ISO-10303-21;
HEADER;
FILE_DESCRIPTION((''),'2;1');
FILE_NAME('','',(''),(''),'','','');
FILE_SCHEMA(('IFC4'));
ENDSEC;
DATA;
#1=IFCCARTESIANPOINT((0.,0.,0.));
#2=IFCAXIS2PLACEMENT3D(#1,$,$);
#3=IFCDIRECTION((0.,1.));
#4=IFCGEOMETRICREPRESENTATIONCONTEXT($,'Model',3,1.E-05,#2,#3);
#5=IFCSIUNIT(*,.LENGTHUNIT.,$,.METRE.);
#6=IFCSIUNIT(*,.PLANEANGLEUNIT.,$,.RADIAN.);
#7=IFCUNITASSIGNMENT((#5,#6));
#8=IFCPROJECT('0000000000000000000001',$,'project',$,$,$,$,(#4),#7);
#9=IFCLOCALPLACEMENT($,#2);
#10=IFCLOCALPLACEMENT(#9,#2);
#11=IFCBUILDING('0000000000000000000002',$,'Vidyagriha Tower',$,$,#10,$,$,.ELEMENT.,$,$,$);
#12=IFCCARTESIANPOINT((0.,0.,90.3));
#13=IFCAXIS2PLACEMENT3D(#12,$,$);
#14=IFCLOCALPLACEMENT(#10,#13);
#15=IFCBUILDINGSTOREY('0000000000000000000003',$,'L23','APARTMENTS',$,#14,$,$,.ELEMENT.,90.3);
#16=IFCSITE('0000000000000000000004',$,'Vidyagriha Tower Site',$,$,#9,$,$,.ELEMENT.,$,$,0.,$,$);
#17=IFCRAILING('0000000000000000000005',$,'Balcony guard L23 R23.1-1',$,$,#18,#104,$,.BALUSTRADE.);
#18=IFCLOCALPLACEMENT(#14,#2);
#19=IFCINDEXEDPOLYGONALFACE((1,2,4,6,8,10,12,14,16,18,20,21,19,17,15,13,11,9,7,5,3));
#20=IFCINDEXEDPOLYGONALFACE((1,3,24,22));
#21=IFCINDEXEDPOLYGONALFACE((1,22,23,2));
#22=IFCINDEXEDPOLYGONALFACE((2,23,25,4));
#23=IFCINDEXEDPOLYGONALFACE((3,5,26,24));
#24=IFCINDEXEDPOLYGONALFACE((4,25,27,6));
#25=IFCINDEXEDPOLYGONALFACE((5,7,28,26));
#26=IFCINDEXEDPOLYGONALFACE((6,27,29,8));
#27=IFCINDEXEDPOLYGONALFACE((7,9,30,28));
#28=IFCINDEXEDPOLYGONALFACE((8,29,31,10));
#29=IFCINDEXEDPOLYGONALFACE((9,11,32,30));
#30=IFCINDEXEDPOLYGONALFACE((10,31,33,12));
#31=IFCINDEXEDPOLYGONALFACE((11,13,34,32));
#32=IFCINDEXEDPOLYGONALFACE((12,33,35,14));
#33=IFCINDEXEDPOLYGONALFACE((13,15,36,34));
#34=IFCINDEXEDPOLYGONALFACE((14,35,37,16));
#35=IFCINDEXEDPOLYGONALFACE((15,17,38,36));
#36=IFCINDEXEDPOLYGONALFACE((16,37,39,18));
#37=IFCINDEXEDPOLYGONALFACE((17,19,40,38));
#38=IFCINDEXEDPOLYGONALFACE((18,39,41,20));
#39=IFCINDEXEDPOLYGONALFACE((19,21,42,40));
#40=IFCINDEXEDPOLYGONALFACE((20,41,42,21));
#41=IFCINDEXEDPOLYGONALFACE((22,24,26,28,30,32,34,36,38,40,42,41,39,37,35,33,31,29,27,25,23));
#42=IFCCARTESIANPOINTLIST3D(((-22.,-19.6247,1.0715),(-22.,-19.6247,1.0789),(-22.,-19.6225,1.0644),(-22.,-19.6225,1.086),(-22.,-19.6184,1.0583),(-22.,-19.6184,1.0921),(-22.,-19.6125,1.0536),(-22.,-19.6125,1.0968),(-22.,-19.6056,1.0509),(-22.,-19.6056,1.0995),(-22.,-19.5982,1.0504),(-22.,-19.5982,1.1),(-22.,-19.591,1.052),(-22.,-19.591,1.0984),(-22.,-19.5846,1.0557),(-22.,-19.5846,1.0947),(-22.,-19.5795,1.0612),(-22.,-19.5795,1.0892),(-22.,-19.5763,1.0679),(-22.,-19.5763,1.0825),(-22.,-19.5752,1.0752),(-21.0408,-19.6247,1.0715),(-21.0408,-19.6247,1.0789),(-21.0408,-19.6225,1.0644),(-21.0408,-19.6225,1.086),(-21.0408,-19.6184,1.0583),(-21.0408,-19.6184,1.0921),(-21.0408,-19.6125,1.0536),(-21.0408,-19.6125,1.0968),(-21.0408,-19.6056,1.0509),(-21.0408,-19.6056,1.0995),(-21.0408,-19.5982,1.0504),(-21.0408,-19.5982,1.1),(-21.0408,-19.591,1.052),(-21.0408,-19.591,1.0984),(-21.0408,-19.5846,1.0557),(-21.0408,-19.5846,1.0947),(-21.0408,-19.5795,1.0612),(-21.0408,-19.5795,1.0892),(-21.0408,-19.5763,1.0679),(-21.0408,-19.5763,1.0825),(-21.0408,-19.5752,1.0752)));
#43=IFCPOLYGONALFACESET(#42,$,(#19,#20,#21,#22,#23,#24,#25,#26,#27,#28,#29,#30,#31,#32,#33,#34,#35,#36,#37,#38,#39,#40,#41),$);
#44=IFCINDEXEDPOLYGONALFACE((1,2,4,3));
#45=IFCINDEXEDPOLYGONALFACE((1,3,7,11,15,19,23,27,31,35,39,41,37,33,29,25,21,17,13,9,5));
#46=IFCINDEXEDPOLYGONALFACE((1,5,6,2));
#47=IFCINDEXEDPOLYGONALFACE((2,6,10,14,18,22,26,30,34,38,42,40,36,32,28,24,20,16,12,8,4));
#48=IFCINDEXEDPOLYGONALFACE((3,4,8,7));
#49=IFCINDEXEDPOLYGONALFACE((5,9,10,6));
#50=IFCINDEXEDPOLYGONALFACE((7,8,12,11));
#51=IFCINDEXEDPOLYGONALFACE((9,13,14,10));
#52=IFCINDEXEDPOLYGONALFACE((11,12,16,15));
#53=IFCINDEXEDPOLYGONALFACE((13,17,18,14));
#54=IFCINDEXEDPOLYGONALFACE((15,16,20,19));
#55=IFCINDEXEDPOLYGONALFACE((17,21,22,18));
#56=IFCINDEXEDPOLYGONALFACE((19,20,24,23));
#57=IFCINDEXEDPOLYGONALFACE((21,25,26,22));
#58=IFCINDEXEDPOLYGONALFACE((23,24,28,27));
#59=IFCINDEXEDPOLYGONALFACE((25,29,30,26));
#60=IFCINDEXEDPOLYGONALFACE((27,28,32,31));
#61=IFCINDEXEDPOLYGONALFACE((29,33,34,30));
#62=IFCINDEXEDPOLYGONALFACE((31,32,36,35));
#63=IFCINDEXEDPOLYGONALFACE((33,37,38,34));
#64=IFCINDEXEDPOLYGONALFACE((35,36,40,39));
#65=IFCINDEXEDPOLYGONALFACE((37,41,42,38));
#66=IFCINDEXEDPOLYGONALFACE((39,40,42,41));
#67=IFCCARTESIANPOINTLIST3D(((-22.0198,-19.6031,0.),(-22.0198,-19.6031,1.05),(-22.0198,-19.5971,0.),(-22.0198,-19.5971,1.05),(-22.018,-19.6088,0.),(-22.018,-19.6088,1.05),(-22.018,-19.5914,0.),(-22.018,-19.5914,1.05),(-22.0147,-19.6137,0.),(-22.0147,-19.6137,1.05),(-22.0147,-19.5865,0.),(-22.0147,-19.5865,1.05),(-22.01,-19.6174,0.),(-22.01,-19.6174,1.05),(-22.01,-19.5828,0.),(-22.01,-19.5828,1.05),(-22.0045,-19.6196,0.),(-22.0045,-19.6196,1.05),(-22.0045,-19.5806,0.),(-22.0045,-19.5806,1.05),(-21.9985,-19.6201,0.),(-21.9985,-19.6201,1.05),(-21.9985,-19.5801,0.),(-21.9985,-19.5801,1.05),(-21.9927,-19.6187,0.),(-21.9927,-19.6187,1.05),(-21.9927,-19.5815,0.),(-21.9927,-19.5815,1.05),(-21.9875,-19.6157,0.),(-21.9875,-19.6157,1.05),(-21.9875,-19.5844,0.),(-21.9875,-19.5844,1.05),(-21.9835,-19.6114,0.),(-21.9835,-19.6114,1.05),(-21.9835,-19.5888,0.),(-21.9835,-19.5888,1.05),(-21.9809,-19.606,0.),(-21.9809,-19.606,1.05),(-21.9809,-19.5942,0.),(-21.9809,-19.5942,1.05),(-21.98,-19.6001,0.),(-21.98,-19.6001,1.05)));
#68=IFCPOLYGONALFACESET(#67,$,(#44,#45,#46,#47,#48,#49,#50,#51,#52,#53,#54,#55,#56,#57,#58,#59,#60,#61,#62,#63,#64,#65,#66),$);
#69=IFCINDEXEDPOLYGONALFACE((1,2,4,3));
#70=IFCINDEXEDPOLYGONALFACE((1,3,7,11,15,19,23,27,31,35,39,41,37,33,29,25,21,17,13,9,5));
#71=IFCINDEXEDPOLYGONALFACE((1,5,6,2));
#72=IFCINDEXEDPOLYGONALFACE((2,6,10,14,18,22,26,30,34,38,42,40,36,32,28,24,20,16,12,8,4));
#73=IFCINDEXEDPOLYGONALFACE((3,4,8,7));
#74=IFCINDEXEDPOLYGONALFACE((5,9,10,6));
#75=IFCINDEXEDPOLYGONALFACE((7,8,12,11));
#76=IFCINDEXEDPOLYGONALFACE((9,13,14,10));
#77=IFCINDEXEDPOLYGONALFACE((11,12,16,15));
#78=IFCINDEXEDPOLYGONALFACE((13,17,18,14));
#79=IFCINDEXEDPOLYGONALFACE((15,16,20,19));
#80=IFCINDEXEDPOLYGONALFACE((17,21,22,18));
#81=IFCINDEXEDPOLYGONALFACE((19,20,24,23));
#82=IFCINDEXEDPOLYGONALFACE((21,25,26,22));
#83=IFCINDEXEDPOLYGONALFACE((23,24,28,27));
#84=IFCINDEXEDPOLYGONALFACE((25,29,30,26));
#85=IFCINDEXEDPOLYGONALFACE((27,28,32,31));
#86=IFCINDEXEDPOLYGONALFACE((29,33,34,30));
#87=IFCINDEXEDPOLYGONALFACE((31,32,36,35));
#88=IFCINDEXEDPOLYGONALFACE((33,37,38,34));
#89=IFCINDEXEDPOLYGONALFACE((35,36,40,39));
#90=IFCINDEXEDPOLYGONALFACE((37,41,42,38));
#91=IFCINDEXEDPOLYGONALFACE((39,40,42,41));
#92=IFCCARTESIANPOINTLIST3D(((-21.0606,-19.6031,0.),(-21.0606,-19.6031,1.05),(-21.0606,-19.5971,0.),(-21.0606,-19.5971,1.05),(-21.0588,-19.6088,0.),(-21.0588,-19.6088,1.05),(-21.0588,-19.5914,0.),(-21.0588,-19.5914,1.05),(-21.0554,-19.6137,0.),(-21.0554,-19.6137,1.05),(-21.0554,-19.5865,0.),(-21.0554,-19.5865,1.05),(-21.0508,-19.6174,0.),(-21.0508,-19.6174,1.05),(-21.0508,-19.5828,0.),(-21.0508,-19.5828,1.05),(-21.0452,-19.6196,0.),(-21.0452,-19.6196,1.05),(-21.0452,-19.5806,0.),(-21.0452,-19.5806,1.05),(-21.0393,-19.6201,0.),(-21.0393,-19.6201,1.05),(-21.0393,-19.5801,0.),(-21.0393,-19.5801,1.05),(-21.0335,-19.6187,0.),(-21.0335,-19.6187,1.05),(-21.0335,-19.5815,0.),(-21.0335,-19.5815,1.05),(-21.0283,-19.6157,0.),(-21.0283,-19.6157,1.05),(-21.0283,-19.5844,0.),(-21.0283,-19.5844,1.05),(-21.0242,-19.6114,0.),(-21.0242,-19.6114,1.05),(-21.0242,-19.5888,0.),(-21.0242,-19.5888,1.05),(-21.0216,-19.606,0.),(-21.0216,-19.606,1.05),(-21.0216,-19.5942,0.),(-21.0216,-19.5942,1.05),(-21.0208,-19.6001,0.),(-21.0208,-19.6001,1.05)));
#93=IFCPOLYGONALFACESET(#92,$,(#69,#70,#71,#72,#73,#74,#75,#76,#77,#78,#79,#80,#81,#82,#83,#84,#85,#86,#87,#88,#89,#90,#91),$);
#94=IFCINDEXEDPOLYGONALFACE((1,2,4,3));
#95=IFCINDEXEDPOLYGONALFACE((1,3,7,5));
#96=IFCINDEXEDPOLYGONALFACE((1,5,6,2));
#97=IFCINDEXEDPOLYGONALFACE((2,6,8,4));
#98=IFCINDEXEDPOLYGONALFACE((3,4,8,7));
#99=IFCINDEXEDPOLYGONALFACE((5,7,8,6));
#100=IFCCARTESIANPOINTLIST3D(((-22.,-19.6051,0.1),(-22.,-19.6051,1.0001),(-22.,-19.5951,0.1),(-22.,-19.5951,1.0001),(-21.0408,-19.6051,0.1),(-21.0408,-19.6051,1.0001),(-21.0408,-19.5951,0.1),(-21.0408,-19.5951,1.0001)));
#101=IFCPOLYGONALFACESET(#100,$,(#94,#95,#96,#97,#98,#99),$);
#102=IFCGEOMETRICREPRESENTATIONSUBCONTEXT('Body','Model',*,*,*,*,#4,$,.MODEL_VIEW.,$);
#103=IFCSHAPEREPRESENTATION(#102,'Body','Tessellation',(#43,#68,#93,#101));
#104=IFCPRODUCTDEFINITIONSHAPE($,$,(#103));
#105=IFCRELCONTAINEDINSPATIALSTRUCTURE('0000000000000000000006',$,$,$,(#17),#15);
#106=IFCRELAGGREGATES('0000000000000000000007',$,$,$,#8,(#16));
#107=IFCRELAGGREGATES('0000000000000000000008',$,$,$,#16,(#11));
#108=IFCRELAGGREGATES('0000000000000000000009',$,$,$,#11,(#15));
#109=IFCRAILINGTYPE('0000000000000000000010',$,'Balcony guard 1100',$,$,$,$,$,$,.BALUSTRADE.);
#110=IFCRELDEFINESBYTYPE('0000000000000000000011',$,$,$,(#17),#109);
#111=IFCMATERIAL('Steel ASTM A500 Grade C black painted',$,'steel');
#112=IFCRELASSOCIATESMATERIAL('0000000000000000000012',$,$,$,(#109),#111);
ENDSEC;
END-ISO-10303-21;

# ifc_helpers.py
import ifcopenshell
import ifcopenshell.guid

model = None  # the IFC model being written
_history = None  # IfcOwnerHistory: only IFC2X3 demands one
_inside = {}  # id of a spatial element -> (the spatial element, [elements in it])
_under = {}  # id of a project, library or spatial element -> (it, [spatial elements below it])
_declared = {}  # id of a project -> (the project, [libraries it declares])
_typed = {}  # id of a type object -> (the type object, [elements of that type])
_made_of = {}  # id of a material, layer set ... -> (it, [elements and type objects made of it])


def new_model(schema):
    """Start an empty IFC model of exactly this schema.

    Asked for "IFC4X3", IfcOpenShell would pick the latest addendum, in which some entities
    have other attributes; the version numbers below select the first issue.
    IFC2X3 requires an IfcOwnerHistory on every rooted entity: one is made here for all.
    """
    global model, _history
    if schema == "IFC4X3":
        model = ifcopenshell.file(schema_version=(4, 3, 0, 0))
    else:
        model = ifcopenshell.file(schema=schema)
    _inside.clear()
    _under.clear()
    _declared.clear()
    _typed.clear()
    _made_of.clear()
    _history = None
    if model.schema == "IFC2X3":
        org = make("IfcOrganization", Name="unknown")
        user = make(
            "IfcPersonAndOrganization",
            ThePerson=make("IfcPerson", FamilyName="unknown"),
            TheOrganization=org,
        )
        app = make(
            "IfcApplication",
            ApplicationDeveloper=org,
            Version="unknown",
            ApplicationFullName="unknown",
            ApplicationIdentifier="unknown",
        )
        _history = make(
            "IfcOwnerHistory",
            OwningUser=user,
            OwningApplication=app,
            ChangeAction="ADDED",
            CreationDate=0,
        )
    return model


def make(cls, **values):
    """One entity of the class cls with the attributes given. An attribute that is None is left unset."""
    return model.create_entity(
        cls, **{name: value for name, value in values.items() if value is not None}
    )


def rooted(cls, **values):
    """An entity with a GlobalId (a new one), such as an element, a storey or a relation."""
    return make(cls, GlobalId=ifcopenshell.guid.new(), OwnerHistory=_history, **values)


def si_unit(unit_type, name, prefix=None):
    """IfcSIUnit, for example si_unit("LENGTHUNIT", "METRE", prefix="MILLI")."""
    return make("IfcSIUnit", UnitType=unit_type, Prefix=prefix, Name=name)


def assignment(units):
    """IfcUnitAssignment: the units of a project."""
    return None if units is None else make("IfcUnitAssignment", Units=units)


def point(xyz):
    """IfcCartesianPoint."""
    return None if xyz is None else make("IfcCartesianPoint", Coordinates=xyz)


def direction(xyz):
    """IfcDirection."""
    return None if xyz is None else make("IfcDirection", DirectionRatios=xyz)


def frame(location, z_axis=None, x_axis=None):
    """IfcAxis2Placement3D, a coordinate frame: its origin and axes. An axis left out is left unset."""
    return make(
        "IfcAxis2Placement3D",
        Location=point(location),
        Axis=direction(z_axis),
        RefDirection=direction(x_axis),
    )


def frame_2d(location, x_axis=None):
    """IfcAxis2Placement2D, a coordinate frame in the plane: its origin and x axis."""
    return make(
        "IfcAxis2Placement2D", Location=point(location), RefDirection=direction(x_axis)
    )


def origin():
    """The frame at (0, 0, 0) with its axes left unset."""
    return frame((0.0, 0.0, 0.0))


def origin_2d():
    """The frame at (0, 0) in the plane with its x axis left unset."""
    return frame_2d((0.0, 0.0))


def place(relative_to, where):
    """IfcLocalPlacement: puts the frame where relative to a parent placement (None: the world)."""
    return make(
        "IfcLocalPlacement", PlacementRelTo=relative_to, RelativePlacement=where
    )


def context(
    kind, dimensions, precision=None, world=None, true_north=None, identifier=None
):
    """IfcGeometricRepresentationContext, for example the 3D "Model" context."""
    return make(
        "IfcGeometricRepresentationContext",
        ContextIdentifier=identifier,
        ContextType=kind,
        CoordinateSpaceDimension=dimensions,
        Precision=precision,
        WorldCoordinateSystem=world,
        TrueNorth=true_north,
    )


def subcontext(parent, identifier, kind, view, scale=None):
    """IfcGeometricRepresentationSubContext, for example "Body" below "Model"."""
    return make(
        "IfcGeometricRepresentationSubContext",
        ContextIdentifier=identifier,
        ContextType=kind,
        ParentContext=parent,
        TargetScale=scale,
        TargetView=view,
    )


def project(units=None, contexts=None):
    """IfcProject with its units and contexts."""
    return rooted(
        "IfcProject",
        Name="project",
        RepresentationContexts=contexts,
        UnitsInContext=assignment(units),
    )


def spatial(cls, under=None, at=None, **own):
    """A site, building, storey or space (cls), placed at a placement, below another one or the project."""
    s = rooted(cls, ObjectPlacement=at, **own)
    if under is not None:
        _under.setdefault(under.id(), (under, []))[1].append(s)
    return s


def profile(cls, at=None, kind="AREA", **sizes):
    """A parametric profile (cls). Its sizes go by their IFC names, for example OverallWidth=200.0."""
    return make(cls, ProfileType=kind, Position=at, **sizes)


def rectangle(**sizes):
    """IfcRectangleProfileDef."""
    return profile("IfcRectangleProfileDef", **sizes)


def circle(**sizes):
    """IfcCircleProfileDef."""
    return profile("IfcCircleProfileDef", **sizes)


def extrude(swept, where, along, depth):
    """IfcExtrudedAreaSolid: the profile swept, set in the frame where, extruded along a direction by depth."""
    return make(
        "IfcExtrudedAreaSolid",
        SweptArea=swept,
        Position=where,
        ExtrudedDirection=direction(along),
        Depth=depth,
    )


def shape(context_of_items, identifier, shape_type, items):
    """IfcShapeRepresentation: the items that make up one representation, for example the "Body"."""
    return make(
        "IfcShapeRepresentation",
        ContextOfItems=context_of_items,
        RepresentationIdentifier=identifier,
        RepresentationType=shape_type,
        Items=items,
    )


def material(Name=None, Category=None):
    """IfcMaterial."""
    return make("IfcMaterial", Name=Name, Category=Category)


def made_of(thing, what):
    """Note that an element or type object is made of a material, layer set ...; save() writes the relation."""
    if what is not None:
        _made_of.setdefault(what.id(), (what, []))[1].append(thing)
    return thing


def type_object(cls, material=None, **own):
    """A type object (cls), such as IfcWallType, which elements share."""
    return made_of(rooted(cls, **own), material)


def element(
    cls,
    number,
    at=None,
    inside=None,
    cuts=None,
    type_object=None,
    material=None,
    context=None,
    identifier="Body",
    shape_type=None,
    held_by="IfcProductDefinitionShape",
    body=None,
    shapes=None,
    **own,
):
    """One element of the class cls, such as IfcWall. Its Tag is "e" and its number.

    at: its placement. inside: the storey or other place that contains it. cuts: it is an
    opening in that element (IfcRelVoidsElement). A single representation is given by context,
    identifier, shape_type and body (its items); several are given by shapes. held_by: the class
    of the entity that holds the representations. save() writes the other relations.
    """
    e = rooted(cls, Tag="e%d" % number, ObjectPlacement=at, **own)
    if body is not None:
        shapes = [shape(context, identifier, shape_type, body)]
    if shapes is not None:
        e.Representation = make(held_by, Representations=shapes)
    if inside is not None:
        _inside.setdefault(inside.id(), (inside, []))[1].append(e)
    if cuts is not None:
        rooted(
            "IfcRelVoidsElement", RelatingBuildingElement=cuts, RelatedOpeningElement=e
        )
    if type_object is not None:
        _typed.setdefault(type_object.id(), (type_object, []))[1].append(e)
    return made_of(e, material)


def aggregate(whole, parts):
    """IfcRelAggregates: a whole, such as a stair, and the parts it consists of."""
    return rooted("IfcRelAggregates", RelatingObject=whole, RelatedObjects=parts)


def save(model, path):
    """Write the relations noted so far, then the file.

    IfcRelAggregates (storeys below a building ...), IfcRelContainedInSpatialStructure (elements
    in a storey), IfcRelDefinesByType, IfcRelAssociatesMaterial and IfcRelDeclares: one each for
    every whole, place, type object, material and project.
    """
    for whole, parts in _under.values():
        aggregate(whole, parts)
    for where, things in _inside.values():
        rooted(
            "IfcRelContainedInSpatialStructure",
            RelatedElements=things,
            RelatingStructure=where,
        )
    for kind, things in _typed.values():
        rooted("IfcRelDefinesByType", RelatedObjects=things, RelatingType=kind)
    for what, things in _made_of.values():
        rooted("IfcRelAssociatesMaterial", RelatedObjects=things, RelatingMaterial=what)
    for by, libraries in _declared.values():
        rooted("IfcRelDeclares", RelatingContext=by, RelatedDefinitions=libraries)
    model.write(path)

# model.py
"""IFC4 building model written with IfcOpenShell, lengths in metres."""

from ifc_helpers import new_model, si_unit, direction, frame, origin, origin_2d, place, context, subcontext, project, spatial, rectangle, circle, extrude, material, type_object, element, save


model = new_model("IFC4")

# Units and contexts
model_context = context("Model", 3, precision=1e-05, world=origin(), true_north=direction((0.0, 1.0)))
body_context = subcontext(model_context, "Body", "Model", "MODEL_VIEW")
ifc_project = project(units=[si_unit("LENGTHUNIT", "METRE"), si_unit("PLANEANGLEUNIT", "RADIAN")], contexts=[model_context])

# Site, building, storey
site_placement = place(None, origin())
site = spatial("IfcSite", under=ifc_project, at=site_placement, Name="Vidyagriha Tower Site", CompositionType="ELEMENT", RefElevation=0.0)
building_placement = place(site_placement, origin())
building = spatial("IfcBuilding", under=site, at=building_placement, Name="Vidyagriha Tower", CompositionType="ELEMENT")
storey_placement = place(building_placement, frame((0.0, 0.0, 90.3)))
storey = spatial("IfcBuildingStorey", under=building, at=storey_placement, Name="L23", Description="APARTMENTS", CompositionType="ELEMENT", Elevation=90.3)

# Railing
ifc_material_1 = material(Name="Steel ASTM A500 Grade C black painted", Category="steel")
railing_type_1 = type_object("IfcRailingType", Name="Balcony guard 1100", PredefinedType="BALUSTRADE", material=ifc_material_1)
railing_1_placement = place(storey_placement, frame((-22.0, -19.6001, 0.0)))
element("IfcRailing", 1, at=railing_1_placement, inside=storey, type_object=railing_type_1, Name="Balcony guard L23 R23.1-1", PredefinedType="BALUSTRADE", context=body_context, shape_type="SweptSolid", body=[
    extrude(circle(Radius=0.0249, at=origin_2d()), frame((0.0, 0.0, 1.0752), z_axis=(1.0, 0.0, 0.0), x_axis=(0.0, 1.0, 0.0)), (0.0, 0.0, 1.0), 0.9592),
    extrude(circle(Radius=0.02, at=origin_2d()), origin(), (0.0, 0.0, 1.0), 1.05),
    extrude(circle(Radius=0.02, at=origin_2d()), frame((0.9592, 0.0, 0.0)), (0.0, 0.0, 1.0), 1.05),
    extrude(rectangle(XDim=0.01, YDim=0.9001, at=origin_2d()), frame((0.0, 0.0, 0.55), z_axis=(1.0, 0.0, 0.0), x_axis=(0.0, 1.0, 0.0)), (0.0, 0.0, 1.0), 0.9592),
])

save(model, "model.ifc")
